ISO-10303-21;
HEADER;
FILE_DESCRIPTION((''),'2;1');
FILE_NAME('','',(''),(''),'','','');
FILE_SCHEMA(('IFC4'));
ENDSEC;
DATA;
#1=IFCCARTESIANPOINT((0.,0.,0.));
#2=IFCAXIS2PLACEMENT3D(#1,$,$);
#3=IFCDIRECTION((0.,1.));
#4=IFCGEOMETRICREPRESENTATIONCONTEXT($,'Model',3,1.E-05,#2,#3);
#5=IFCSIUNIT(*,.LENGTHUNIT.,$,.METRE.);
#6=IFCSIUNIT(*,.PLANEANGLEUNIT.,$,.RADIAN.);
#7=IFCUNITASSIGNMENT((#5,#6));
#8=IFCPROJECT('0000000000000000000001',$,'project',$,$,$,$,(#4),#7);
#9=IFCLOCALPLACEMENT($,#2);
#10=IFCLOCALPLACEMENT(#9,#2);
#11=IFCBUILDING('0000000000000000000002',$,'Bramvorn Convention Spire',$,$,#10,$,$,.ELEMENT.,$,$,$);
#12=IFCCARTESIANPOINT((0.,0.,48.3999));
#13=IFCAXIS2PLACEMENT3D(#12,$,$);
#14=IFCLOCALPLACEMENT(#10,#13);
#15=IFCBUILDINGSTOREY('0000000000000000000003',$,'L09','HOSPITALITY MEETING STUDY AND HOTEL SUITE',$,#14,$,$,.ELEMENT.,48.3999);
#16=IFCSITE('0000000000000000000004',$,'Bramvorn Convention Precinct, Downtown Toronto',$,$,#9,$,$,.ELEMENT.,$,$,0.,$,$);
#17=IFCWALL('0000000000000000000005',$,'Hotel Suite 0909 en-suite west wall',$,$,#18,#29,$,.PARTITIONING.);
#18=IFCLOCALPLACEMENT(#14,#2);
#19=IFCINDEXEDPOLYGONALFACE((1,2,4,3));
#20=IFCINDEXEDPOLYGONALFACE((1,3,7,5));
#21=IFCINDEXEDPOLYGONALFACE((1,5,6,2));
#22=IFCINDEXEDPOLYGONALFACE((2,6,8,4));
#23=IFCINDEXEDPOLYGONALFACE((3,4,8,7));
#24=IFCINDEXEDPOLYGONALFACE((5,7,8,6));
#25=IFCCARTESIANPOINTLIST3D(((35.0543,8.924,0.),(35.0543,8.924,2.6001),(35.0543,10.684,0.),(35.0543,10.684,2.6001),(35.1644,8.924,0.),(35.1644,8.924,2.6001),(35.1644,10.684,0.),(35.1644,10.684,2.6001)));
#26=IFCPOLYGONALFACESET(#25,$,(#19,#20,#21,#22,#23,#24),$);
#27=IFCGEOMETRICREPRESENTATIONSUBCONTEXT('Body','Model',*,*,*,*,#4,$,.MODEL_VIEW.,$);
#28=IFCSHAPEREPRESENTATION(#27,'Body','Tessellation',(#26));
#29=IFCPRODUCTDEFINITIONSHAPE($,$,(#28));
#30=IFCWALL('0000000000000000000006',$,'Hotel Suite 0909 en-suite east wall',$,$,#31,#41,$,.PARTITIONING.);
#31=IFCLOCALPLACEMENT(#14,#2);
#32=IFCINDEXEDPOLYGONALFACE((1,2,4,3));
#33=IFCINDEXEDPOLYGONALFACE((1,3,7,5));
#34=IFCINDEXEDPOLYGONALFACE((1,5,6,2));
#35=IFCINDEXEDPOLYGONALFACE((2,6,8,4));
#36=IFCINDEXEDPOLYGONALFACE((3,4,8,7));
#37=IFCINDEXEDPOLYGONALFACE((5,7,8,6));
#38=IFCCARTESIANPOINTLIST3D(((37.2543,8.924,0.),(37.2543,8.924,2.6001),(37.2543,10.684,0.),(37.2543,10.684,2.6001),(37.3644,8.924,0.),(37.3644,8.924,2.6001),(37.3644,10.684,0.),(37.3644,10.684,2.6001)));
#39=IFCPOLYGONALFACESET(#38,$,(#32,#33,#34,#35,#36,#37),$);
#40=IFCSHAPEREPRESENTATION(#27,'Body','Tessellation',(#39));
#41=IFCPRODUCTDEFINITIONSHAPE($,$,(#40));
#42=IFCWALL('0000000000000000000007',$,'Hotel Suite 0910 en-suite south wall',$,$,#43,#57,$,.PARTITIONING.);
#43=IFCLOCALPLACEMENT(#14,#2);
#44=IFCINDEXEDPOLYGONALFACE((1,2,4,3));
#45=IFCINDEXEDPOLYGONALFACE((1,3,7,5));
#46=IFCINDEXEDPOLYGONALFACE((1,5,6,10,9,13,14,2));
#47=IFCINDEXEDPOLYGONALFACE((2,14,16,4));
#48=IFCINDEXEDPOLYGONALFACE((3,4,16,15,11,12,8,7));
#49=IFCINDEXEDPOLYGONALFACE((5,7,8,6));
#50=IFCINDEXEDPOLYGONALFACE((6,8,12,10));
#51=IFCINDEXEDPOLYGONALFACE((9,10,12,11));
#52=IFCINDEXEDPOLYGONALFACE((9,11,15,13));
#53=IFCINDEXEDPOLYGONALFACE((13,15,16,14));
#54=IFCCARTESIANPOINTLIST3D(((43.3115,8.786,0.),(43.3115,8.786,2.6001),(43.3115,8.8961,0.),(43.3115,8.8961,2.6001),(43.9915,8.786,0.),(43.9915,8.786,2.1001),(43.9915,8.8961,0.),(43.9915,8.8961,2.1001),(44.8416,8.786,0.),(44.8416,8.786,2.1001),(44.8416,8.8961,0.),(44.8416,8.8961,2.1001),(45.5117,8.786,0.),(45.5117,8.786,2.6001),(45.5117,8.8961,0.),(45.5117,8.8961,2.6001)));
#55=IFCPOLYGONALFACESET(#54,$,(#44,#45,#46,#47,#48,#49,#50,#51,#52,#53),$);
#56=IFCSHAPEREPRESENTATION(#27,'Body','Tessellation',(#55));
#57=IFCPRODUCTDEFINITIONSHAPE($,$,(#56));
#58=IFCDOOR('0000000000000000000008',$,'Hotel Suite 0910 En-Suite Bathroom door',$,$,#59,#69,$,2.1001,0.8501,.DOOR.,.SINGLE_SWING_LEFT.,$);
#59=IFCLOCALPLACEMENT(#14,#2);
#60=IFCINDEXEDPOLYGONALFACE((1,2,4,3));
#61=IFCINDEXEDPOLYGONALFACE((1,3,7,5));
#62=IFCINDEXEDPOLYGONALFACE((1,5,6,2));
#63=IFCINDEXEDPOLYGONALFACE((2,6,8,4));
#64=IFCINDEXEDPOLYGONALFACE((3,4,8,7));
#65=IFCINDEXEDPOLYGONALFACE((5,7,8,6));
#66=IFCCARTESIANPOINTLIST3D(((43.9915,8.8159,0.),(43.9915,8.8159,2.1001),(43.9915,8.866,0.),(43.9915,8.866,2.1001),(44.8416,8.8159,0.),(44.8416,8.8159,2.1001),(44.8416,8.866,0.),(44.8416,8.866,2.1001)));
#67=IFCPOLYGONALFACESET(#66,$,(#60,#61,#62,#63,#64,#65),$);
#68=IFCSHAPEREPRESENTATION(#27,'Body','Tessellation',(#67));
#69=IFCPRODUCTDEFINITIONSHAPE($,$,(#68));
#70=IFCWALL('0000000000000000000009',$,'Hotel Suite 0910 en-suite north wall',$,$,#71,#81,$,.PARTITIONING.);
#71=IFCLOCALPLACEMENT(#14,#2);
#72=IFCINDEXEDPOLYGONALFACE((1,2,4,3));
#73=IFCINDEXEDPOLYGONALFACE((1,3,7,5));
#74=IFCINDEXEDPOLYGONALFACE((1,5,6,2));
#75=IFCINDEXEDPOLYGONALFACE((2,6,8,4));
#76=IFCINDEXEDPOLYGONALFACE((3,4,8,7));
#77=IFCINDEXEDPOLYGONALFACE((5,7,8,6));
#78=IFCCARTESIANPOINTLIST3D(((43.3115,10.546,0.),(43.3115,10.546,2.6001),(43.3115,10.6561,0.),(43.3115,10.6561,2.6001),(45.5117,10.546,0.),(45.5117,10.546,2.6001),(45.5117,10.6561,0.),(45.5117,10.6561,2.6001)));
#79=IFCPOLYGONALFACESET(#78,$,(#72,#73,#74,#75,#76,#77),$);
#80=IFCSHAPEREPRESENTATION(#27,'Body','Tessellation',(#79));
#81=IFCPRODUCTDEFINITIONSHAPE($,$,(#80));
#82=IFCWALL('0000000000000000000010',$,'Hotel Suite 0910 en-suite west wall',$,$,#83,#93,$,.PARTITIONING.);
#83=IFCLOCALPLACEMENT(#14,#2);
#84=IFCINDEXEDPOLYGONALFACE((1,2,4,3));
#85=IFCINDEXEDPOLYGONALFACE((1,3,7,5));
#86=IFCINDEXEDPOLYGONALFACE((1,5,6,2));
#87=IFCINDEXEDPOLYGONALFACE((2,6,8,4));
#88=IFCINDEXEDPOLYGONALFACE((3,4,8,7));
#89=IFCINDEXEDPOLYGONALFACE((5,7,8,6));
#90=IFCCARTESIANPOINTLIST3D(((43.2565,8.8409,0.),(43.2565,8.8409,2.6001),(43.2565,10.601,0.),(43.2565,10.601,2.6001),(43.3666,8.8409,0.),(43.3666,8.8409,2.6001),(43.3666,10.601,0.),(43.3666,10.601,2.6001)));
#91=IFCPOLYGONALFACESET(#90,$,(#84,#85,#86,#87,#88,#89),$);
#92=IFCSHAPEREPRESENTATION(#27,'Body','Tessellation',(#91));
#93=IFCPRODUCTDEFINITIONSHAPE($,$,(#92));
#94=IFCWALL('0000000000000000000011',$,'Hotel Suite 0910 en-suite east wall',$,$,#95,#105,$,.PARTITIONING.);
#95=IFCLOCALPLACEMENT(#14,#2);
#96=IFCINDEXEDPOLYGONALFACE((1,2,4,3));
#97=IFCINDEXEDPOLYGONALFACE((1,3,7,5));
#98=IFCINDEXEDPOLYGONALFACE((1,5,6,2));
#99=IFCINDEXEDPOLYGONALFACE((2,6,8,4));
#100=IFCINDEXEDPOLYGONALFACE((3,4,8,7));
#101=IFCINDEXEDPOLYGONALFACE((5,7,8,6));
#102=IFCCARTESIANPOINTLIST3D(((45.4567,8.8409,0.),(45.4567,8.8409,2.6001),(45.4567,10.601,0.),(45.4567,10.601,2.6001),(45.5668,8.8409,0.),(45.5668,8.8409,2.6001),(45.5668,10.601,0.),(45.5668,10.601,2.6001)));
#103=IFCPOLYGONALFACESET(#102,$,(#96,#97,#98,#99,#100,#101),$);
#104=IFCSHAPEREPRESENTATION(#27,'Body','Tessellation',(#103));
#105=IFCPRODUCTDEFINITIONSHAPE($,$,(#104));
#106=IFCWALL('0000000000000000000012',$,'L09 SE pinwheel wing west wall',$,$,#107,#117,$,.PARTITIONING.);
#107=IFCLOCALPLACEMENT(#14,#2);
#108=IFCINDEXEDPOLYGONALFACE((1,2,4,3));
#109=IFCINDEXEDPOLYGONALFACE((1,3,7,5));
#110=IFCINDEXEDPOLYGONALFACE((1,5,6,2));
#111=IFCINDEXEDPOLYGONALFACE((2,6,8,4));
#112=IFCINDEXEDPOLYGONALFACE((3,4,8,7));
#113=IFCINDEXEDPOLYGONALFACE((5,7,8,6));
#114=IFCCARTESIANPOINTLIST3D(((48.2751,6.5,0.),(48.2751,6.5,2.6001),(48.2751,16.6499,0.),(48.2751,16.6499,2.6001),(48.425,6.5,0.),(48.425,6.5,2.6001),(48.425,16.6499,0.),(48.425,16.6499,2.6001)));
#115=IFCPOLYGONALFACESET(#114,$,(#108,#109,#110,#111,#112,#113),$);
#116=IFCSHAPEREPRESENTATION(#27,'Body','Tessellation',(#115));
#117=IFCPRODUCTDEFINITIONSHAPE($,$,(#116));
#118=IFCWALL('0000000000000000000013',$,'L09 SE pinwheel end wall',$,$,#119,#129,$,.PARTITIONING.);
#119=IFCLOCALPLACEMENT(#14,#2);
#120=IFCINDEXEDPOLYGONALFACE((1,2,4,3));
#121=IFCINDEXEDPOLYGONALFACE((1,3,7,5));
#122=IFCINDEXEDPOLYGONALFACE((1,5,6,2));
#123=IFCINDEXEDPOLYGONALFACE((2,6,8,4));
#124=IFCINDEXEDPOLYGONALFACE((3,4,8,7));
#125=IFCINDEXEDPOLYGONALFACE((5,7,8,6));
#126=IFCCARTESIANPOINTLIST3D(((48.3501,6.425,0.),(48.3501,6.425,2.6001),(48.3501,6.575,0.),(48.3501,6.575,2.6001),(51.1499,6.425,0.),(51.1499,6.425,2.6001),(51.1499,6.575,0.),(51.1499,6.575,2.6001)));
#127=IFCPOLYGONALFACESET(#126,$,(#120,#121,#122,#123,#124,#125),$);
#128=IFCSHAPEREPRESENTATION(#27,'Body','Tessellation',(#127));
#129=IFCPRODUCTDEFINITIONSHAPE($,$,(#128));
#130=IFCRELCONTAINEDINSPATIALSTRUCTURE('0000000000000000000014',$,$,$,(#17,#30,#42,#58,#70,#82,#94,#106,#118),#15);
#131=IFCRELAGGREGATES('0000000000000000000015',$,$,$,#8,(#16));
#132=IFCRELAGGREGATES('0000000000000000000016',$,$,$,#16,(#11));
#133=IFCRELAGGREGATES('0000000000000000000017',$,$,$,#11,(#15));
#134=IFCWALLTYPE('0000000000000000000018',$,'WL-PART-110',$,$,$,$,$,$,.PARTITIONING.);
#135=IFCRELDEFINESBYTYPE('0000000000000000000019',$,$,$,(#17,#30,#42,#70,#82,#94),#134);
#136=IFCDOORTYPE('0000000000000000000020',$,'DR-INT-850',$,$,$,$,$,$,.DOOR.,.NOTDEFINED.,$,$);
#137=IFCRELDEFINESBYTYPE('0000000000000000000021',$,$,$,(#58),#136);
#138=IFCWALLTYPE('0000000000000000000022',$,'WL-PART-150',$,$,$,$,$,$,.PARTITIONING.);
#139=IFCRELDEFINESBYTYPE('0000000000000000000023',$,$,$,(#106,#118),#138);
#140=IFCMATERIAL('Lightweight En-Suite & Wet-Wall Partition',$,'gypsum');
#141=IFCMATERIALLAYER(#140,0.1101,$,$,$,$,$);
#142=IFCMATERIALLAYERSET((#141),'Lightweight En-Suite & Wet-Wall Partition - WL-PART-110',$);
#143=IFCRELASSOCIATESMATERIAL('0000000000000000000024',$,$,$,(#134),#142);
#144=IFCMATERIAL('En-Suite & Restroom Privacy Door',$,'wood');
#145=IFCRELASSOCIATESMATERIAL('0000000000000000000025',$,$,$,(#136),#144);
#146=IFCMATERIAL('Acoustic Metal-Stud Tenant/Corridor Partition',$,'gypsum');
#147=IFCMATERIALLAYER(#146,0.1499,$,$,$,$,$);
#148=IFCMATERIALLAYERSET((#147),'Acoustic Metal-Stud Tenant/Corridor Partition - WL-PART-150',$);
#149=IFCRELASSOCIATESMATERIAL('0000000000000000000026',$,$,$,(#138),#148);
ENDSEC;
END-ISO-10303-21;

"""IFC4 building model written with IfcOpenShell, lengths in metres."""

from ifc_helpers import new_model, si_unit, direction, frame, frame_2d, origin, place, context, subcontext, project, spatial, rectangle, extrude, material, layer, layer_set, type_object, element, fill, save


model = new_model("IFC4")

# Units and contexts
model_context = context("Model", 3, precision=1e-05, world=origin(), true_north=direction((0.0, 1.0)))
body_context = subcontext(model_context, "Body", "Model", "MODEL_VIEW")
ifc_project = project(units=[si_unit("LENGTHUNIT", "METRE"), si_unit("PLANEANGLEUNIT", "RADIAN")], contexts=[model_context])

# Site, building, storey
site_placement = place(None, origin())
site = spatial("IfcSite", under=ifc_project, at=site_placement, Name="Bramvorn Convention Precinct, Downtown Toronto", CompositionType="ELEMENT", RefElevation=0.0)
building_placement = place(site_placement, origin())
building = spatial("IfcBuilding", under=site, at=building_placement, Name="Bramvorn Convention Spire", CompositionType="ELEMENT")
storey_placement = place(building_placement, frame((0.0, 0.0, 48.3999)))
storey = spatial("IfcBuildingStorey", under=building, at=storey_placement, Name="L09", Description="HOSPITALITY MEETING STUDY AND HOTEL SUITE", CompositionType="ELEMENT", Elevation=48.3999)

# Shared definitions
ifc_material_1 = material(Name="Lightweight En-Suite & Wet-Wall Partition", Category="gypsum")
ifc_layer_1 = layer(ifc_material_1, 0.1101)
ifc_layer_set_1 = layer_set([ifc_layer_1], Name="Lightweight En-Suite & Wet-Wall Partition - WL-PART-110")
wall_type_1 = type_object("IfcWallType", Name="WL-PART-110", PredefinedType="PARTITIONING", material=ifc_layer_set_1)
ifc_material_2 = material(Name="En-Suite & Restroom Privacy Door", Category="wood")
door_type = type_object("IfcDoorType", Name="DR-INT-850", OperationType="NOTDEFINED", PredefinedType="DOOR", material=ifc_material_2)

# Walls
for number, where, z_axis, x_axis, name in (
    (1, (35.1094, 8.9241, 0.0), (0.0, 0.0, 1.0), (0.0, 1.0, 0.0), "Hotel Suite 0909 en-suite west wall"),
    (2, (37.3093, 8.9241, 0.0), (0.0, 0.0, 1.0), (0.0, 1.0, 0.0), "Hotel Suite 0909 en-suite east wall"),
):
    element("IfcWall", number, at=place(storey_placement, frame(where, z_axis=z_axis, x_axis=x_axis)), inside=storey, type_object=wall_type_1, Name=name, PredefinedType="PARTITIONING", context=body_context, shape_type="SweptSolid", body=[
        extrude(rectangle(XDim=1.76, YDim=0.1101, at=frame_2d((0.8799, 0.0))), origin(), (0.0, 0.0, 1.0), 2.6001),
    ])

# Wall, opening, door
wall_1_placement = place(storey_placement, frame((43.3115, 8.8411, 0.0), z_axis=(0.0, 0.0, 1.0), x_axis=(1.0, 0.0, 0.0)))
wall_1 = element("IfcWall", 3, at=wall_1_placement, inside=storey, type_object=wall_type_1, Name="Hotel Suite 0910 en-suite south wall", PredefinedType="PARTITIONING", context=body_context, shape_type="SweptSolid", body=[
    extrude(rectangle(XDim=2.2002, YDim=0.1101, at=frame_2d((1.1001, 0.0))), origin(), (0.0, 0.0, 1.0), 2.6001),
])
opening_1_placement = place(wall_1_placement, frame((0.6799, 0.0, 0.0)))
opening_1 = element("IfcOpeningElement", 4, at=opening_1_placement, cuts=wall_1, PredefinedType="OPENING", context=body_context, shape_type="SweptSolid", body=[
    extrude(rectangle(XDim=0.8501, YDim=2.1001, at=frame_2d((0.425, 1.05))), frame((0.0, 0.0649, 0.0), z_axis=(0.0, -1.0, 0.0), x_axis=(1.0, 0.0, 0.0)), (0.0, 0.0, 1.0), 0.1301),
])
door_1_placement = place(opening_1_placement, origin())
door_1 = element("IfcDoor", 5, at=door_1_placement, inside=storey, type_object=door_type, Name="Hotel Suite 0910 En-Suite Bathroom door", OperationType="SINGLE_SWING_LEFT", OverallHeight=2.1001, OverallWidth=0.8501, PredefinedType="DOOR", context=body_context, shape_type="SweptSolid", body=[
    extrude(rectangle(XDim=0.8501, YDim=2.1001, at=frame_2d((0.425, 1.05))), frame((0.0, 0.0249, 0.0), z_axis=(0.0, -1.0, 0.0), x_axis=(1.0, 0.0, 0.0)), (0.0, 0.0, 1.0), 0.05),
])
fill(opening_1, door_1)

# Walls
wall_2_placement = place(storey_placement, frame((43.3115, 10.6011, 0.0), z_axis=(0.0, 0.0, 1.0), x_axis=(1.0, 0.0, 0.0)))
element("IfcWall", 6, at=wall_2_placement, inside=storey, type_object=wall_type_1, Name="Hotel Suite 0910 en-suite north wall", PredefinedType="PARTITIONING", context=body_context, shape_type="SweptSolid", body=[
    extrude(rectangle(XDim=2.2002, YDim=0.1101, at=frame_2d((1.1001, 0.0))), origin(), (0.0, 0.0, 1.0), 2.6001),
])
for number, where, z_axis, x_axis, name in (
    (7, (43.3115, 8.8411, 0.0), (0.0, 0.0, 1.0), (0.0, 1.0, 0.0), "Hotel Suite 0910 en-suite west wall"),
    (8, (45.5117, 8.8411, 0.0), (0.0, 0.0, 1.0), (0.0, 1.0, 0.0), "Hotel Suite 0910 en-suite east wall"),
):
    element("IfcWall", number, at=place(storey_placement, frame(where, z_axis=z_axis, x_axis=x_axis)), inside=storey, type_object=wall_type_1, Name=name, PredefinedType="PARTITIONING", context=body_context, shape_type="SweptSolid", body=[
        extrude(rectangle(XDim=1.76, YDim=0.1101, at=frame_2d((0.8799, 0.0))), origin(), (0.0, 0.0, 1.0), 2.6001),
    ])
ifc_material_3 = material(Name="Acoustic Metal-Stud Tenant/Corridor Partition", Category="gypsum")
ifc_layer_2 = layer(ifc_material_3, 0.1499)
ifc_layer_set_2 = layer_set([ifc_layer_2], Name="Acoustic Metal-Stud Tenant/Corridor Partition - WL-PART-150")
wall_type_2 = type_object("IfcWallType", Name="WL-PART-150", PredefinedType="PARTITIONING", material=ifc_layer_set_2)
wall_3_placement = place(storey_placement, frame((48.3501, 6.5, 0.0), z_axis=(0.0, 0.0, 1.0), x_axis=(0.0, 1.0, 0.0)))
element("IfcWall", 9, at=wall_3_placement, inside=storey, type_object=wall_type_2, Name="L09 SE pinwheel wing west wall", PredefinedType="PARTITIONING", context=body_context, shape_type="SweptSolid", body=[
    extrude(rectangle(XDim=10.1499, YDim=0.1499, at=frame_2d((5.075, 0.0))), origin(), (0.0, 0.0, 1.0), 2.6001),
])
wall_4_placement = place(storey_placement, frame((48.3501, 6.5, 0.0), z_axis=(0.0, 0.0, 1.0), x_axis=(1.0, 0.0, 0.0)))
element("IfcWall", 10, at=wall_4_placement, inside=storey, type_object=wall_type_2, Name="L09 SE pinwheel end wall", PredefinedType="PARTITIONING", context=body_context, shape_type="SweptSolid", body=[
    extrude(rectangle(XDim=2.7998, YDim=0.1499, at=frame_2d((1.3999, 0.0))), origin(), (0.0, 0.0, 1.0), 2.6001),
])

save(model, "model.ifc")
